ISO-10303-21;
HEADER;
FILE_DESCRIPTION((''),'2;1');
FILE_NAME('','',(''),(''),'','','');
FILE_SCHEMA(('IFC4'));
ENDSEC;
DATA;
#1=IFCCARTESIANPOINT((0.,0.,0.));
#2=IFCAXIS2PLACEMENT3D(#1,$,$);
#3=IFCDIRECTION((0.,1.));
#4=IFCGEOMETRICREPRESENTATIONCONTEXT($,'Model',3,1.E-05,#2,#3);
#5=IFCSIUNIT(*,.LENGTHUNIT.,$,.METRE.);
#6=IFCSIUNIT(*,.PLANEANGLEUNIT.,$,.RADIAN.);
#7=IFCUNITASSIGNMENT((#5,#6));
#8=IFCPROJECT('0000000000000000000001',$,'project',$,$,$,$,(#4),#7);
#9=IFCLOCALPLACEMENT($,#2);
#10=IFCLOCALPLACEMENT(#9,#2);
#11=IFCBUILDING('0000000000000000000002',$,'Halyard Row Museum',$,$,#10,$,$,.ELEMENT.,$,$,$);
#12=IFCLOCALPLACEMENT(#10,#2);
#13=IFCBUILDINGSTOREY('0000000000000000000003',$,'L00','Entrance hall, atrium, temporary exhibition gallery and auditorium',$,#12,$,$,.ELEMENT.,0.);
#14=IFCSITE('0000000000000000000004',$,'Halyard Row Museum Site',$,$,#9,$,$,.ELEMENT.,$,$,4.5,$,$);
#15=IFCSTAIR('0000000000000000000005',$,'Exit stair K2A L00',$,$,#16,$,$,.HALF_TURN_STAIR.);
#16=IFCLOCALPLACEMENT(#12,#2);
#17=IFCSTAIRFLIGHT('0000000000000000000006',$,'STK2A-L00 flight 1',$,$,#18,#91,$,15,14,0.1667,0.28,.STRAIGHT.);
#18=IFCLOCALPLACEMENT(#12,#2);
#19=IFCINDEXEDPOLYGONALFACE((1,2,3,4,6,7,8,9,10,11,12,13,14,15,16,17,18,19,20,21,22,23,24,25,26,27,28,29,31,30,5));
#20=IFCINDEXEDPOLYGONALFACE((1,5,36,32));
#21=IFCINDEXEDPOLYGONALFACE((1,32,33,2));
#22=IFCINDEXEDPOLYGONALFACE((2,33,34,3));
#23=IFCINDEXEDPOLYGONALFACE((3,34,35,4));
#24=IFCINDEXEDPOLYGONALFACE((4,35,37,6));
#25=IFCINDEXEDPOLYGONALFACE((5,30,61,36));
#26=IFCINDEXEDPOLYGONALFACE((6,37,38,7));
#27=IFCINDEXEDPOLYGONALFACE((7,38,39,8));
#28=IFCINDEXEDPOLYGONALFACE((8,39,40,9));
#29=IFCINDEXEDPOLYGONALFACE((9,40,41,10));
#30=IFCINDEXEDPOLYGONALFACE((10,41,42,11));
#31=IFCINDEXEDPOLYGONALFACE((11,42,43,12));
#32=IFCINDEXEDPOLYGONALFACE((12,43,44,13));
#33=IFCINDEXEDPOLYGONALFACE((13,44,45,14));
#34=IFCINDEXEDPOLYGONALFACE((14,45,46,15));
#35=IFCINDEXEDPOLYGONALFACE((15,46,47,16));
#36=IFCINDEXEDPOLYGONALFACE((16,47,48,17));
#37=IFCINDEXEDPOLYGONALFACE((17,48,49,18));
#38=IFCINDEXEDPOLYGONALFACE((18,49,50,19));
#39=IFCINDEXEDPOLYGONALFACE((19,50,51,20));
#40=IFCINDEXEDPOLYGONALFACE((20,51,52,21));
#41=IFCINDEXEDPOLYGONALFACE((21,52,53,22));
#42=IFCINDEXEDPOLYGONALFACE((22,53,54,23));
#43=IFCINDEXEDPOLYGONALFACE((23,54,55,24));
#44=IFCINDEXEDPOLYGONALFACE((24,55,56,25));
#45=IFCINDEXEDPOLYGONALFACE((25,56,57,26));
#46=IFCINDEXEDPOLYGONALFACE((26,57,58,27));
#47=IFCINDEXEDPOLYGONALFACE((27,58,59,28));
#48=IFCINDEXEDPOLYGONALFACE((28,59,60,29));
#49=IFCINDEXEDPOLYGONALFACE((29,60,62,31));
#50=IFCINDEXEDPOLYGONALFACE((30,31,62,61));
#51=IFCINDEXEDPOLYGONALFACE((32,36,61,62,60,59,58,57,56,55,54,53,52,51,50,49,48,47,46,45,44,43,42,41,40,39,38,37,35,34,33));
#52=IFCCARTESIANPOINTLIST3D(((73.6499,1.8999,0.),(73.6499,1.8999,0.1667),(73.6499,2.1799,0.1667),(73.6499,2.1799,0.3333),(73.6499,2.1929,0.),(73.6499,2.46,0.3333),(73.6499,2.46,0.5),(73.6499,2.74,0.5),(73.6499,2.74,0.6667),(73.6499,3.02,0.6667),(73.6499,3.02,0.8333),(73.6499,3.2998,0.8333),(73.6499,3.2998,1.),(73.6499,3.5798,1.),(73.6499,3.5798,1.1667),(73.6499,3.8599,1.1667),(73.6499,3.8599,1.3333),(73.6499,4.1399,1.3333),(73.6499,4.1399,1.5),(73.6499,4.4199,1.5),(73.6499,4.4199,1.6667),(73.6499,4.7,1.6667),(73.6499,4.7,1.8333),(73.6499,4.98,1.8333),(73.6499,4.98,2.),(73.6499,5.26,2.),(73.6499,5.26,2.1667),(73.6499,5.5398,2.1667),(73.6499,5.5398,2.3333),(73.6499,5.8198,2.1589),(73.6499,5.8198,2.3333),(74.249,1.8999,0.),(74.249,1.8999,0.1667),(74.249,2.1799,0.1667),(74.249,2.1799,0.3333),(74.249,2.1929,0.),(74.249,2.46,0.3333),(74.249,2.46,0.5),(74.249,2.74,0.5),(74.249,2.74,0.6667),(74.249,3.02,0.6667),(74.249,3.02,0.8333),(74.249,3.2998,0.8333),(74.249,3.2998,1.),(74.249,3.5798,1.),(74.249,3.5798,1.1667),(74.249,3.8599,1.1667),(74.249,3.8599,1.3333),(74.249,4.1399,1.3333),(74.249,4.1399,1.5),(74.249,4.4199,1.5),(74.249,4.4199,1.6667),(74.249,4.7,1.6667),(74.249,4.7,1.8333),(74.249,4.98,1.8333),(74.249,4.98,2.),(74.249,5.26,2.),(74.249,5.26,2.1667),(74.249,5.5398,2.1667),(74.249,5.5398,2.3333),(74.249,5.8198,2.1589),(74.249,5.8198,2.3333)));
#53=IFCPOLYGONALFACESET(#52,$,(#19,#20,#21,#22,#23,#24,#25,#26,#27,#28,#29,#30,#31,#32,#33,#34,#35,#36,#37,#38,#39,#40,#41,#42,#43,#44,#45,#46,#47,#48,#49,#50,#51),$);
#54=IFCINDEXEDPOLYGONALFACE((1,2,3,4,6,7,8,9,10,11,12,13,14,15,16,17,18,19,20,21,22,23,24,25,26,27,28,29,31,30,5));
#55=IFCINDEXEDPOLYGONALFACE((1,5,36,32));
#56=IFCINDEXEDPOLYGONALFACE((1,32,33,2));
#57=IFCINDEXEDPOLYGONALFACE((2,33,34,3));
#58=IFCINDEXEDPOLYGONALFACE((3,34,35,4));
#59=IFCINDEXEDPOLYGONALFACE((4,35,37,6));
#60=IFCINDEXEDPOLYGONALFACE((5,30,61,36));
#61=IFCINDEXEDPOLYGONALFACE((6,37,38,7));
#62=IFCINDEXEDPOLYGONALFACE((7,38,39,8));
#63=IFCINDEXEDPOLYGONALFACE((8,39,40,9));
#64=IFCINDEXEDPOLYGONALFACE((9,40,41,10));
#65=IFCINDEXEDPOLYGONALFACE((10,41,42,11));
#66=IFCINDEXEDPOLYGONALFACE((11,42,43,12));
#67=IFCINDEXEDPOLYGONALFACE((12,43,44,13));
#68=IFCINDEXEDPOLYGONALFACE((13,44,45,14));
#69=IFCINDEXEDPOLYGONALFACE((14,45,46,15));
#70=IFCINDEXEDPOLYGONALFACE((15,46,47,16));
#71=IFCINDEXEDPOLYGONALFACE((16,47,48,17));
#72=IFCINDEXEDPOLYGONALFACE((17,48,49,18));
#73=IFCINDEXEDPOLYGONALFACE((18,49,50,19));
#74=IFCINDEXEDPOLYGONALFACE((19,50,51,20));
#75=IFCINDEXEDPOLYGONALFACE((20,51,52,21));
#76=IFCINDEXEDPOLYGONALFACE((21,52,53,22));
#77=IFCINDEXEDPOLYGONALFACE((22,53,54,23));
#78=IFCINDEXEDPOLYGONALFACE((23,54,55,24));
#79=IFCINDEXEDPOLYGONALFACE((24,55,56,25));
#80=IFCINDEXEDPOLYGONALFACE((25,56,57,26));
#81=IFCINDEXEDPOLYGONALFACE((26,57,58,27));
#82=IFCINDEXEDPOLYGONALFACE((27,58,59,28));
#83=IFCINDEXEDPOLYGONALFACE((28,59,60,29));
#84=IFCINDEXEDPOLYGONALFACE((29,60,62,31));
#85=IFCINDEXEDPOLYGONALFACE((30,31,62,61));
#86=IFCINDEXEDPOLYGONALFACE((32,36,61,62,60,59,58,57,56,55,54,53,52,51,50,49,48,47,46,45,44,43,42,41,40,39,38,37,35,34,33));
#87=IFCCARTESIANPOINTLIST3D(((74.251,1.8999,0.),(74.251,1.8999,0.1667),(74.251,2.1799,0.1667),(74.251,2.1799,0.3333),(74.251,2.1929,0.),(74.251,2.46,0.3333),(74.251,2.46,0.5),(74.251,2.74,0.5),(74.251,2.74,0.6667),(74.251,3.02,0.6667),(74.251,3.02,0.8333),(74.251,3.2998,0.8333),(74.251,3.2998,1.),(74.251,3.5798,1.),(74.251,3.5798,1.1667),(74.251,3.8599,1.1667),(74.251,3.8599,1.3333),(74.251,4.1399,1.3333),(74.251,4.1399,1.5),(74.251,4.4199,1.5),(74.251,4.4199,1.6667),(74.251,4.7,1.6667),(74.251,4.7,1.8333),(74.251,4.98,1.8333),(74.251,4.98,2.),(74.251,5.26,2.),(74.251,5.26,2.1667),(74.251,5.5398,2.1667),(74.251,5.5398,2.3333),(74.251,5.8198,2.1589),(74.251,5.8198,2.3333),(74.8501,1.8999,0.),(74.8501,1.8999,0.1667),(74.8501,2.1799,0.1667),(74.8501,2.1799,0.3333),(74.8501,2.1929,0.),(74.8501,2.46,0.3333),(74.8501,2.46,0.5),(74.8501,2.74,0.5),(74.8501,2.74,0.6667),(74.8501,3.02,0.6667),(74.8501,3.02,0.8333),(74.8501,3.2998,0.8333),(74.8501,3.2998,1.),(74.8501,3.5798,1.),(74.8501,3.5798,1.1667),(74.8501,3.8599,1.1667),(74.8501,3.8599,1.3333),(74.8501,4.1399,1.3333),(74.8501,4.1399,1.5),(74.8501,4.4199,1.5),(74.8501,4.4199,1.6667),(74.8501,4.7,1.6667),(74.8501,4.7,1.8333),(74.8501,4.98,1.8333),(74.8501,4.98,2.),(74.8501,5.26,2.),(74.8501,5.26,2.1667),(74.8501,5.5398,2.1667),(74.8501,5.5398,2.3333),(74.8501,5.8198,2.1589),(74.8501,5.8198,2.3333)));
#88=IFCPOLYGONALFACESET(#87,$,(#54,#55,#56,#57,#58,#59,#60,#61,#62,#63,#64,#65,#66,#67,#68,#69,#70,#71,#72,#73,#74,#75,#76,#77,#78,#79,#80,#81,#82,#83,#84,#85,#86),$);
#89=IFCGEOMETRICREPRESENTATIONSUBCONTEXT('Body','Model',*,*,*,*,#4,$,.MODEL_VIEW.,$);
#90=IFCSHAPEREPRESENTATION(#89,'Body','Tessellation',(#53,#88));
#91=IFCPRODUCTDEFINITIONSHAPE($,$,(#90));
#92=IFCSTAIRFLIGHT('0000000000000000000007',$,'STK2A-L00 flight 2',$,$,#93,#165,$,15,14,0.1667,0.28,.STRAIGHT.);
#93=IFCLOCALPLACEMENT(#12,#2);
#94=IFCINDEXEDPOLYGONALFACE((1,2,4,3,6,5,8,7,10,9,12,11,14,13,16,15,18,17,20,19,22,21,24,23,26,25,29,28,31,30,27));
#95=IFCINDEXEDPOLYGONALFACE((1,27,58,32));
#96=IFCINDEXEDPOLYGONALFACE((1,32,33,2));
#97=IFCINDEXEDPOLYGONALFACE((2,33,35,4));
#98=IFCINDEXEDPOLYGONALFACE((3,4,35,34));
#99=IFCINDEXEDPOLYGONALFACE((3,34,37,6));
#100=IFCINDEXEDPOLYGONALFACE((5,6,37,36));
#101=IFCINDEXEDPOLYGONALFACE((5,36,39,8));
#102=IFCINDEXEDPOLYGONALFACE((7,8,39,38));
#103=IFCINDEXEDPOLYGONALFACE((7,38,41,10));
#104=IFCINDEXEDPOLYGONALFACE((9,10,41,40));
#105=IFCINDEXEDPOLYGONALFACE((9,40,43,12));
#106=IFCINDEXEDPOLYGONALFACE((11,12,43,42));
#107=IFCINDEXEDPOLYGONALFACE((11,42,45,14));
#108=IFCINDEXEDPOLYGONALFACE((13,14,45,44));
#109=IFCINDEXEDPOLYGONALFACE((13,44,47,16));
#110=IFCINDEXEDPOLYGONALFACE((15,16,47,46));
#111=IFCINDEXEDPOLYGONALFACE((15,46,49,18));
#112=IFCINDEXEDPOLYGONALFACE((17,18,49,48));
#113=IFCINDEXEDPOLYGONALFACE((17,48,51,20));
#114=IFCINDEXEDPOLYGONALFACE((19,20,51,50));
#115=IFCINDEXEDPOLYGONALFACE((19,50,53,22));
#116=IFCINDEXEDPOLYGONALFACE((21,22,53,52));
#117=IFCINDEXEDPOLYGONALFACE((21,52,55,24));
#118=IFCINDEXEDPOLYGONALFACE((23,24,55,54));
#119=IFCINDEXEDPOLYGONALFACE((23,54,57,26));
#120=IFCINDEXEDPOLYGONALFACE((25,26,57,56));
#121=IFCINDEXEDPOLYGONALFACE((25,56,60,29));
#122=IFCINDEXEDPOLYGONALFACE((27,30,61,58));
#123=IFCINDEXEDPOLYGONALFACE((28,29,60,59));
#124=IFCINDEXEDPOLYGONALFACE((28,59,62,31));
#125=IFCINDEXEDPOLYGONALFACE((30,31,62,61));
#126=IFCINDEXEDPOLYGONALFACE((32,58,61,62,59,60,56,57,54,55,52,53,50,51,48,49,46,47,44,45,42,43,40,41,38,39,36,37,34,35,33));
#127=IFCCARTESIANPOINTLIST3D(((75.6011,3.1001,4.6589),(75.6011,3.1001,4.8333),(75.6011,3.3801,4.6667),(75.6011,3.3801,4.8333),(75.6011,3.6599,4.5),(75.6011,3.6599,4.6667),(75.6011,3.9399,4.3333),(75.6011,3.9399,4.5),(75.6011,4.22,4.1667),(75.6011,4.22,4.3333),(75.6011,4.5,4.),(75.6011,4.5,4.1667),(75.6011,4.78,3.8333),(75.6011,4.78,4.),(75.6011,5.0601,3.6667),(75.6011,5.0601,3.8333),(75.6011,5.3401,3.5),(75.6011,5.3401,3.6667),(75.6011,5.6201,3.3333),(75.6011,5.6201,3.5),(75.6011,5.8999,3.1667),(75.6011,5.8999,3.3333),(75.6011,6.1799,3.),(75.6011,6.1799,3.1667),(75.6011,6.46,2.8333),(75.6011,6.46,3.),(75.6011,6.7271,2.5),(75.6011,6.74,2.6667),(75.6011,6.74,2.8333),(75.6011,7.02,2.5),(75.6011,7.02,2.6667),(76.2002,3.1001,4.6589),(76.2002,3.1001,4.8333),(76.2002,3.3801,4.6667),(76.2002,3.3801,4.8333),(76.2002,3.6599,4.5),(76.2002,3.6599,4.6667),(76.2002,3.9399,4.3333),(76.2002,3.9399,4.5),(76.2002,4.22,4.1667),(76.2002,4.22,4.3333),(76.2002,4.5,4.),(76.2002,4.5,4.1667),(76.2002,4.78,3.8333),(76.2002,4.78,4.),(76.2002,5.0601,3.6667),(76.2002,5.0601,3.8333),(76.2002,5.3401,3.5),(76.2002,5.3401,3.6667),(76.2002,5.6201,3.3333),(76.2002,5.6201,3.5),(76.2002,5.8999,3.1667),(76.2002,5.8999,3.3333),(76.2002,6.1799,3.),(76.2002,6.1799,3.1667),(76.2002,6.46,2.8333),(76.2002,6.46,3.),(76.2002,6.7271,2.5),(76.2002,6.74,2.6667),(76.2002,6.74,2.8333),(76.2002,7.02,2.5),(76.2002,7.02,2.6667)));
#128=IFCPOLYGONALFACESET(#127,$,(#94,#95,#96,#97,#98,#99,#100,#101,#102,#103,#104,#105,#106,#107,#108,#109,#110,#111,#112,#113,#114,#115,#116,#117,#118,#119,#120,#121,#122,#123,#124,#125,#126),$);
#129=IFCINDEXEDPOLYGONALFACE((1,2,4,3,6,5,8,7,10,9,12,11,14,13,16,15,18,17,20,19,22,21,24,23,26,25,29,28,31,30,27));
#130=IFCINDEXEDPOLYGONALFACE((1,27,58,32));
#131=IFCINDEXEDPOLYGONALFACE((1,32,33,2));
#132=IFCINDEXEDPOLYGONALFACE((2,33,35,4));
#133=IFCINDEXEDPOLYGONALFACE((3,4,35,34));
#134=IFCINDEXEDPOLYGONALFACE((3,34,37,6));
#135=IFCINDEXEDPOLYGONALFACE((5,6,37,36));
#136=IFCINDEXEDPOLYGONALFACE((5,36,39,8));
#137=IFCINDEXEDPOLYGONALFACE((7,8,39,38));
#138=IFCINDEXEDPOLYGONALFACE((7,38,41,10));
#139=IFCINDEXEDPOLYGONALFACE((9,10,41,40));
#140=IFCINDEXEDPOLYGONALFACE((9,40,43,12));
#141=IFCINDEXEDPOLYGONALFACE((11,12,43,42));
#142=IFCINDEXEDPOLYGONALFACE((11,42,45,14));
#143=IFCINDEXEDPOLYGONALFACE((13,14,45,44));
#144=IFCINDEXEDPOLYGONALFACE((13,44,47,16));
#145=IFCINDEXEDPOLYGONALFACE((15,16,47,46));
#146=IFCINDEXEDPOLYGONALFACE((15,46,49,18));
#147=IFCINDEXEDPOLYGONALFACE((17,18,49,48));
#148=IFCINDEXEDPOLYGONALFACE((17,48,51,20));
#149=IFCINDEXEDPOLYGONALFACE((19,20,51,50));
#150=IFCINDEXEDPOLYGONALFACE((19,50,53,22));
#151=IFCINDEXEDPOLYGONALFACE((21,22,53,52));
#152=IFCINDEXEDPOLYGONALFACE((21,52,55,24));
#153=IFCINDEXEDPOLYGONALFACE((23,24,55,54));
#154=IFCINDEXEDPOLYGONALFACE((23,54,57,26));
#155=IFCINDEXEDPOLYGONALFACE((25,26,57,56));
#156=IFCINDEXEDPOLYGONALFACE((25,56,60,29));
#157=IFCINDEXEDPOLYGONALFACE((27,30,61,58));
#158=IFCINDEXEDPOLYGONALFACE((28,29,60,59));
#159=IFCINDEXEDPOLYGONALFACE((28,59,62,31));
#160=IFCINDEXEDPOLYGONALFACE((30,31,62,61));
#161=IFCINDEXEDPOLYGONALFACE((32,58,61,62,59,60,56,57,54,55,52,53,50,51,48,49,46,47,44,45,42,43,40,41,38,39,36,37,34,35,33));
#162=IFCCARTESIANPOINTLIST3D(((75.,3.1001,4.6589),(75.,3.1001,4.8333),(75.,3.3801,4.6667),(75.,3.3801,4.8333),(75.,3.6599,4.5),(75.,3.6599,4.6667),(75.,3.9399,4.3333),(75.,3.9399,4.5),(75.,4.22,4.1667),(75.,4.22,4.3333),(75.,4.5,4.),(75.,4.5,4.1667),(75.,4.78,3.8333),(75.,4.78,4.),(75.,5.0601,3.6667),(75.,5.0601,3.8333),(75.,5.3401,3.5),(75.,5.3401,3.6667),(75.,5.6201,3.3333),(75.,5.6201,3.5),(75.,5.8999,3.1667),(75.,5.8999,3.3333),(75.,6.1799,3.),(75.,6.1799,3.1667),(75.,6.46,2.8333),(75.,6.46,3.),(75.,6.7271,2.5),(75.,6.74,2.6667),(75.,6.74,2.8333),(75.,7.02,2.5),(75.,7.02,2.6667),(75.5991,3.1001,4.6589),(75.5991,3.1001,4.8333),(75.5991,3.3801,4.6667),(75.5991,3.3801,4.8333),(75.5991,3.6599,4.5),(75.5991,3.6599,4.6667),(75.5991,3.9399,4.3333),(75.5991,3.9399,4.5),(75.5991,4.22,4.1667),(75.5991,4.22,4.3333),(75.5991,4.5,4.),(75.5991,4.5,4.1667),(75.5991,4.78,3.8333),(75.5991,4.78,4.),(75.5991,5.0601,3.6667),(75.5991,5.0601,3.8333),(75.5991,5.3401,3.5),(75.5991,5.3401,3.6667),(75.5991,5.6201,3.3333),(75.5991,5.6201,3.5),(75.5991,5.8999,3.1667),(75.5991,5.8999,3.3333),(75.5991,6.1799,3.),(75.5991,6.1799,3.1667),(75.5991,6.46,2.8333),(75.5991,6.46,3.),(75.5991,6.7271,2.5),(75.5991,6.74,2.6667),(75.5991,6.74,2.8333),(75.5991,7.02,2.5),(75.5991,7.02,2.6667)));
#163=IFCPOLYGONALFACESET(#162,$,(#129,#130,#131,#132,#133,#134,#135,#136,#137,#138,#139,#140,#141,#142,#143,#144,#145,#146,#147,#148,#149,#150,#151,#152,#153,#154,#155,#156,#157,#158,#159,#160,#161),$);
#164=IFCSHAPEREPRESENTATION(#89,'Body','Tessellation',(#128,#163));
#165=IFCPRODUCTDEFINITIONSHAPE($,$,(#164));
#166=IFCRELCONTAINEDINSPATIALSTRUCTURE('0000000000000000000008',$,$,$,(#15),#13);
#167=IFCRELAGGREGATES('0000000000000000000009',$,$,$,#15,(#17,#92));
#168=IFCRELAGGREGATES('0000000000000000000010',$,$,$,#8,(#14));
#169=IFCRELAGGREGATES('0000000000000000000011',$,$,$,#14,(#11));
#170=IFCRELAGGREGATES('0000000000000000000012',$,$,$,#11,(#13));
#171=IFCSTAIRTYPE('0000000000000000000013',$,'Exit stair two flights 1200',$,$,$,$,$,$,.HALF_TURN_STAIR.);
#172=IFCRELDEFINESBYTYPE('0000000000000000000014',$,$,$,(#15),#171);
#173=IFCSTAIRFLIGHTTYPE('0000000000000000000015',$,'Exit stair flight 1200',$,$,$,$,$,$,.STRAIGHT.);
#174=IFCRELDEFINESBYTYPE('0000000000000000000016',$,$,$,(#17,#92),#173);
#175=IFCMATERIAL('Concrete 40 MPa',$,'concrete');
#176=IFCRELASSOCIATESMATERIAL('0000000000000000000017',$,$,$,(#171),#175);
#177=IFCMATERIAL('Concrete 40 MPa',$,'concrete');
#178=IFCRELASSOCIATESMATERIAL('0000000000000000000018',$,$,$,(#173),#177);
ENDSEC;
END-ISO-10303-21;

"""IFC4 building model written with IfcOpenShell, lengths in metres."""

from ifc_helpers import new_model, si_unit, direction, frame, origin, place, context, subcontext, project, spatial, polyline, outline, extrude, material, type_object, element, aggregate, save


model = new_model("IFC4")

# Units and contexts
model_context = context("Model", 3, precision=1e-05, world=origin(), true_north=direction((0.0, 1.0)))
body_context = subcontext(model_context, "Body", "Model", "MODEL_VIEW")
ifc_project = project(units=[si_unit("LENGTHUNIT", "METRE"), si_unit("PLANEANGLEUNIT", "RADIAN")], contexts=[model_context])

# Site, building, storey
site_placement = place(None, origin())
site = spatial("IfcSite", under=ifc_project, at=site_placement, Name="Halyard Row Museum Site", CompositionType="ELEMENT", RefElevation=4.5)
building_placement = place(site_placement, origin())
building = spatial("IfcBuilding", under=site, at=building_placement, Name="Halyard Row Museum", CompositionType="ELEMENT")
storey_placement = place(building_placement, origin())
storey = spatial("IfcBuildingStorey", under=building, at=storey_placement, Name="L00", Description="Entrance hall, atrium, temporary exhibition gallery and auditorium", CompositionType="ELEMENT", Elevation=0.0)

# Stair, stair flights
ifc_material_1 = material(Name="Concrete 40 MPa", Category="concrete")
stair_type = type_object("IfcStairType", Name="Exit stair two flights 1200", PredefinedType="HALF_TURN_STAIR", material=ifc_material_1)
stair_placement = place(storey_placement, origin())
stair = element("IfcStair", 1, at=stair_placement, inside=storey, type_object=stair_type, Name="Exit stair K2A L00", PredefinedType="HALF_TURN_STAIR")
ifc_material_2 = material(Name="Concrete 40 MPa", Category="concrete")
stair_flight_type = type_object("IfcStairFlightType", Name="Exit stair flight 1200", PredefinedType="STRAIGHT", material=ifc_material_2)
stair_flight_1_placement = place(storey_placement, frame((74.25, 1.8999, 0.0), z_axis=(0.0, 0.0, 1.0), x_axis=(0.0, 1.0, 0.0)))
stair_flight_1 = element("IfcStairFlight", 2, at=stair_flight_1_placement, type_object=stair_flight_type, Name="STK2A-L00 flight 1", NumberOfRisers=15, NumberOfTreads=14, PredefinedType="STRAIGHT", RiserHeight=0.1667, TreadLength=0.28, context=body_context, shape_type="SweptSolid", body=[
    extrude(outline(polyline([(0.0, 0.0), (0.0, 0.1667), (0.28, 0.1667), (0.28, 0.3333), (0.5601, 0.3333), (0.5601, 0.5), (0.8401, 0.5), (0.8401, 0.6667), (1.1201, 0.6667), (1.1201, 0.8333), (1.3999, 0.8333), (1.3999, 1.0), (1.6799, 1.0), (1.6799, 1.1667), (1.96, 1.1667), (1.96, 1.3333), (2.24, 1.3333), (2.24, 1.5), (2.52, 1.5), (2.52, 1.6667), (2.8, 1.6667), (2.8, 1.8333), (3.0801, 1.8333), (3.0801, 2.0), (3.3601, 2.0), (3.3601, 2.1667), (3.6399, 2.1667), (3.6399, 2.3333), (3.9199, 2.3333), (3.9199, 2.5), (3.9199, 2.1589), (0.293, 0.0), (0.0, 0.0)])), frame((0.0, 0.6001, 0.0), z_axis=(0.0, -1.0, 0.0), x_axis=(1.0, 0.0, 0.0)), (0.0, 0.0, 1.0), 0.5991),
    extrude(outline(polyline([(0.0, 0.0), (0.0, 0.1667), (0.28, 0.1667), (0.28, 0.3333), (0.5601, 0.3333), (0.5601, 0.5), (0.8401, 0.5), (0.8401, 0.6667), (1.1201, 0.6667), (1.1201, 0.8333), (1.3999, 0.8333), (1.3999, 1.0), (1.6799, 1.0), (1.6799, 1.1667), (1.96, 1.1667), (1.96, 1.3333), (2.24, 1.3333), (2.24, 1.5), (2.52, 1.5), (2.52, 1.6667), (2.8, 1.6667), (2.8, 1.8333), (3.0801, 1.8333), (3.0801, 2.0), (3.3601, 2.0), (3.3601, 2.1667), (3.6399, 2.1667), (3.6399, 2.3333), (3.9199, 2.3333), (3.9199, 2.5), (3.9199, 2.1589), (0.293, 0.0), (0.0, 0.0)])), frame((0.0, -0.001, 0.0), z_axis=(0.0, -1.0, 0.0), x_axis=(1.0, 0.0, 0.0)), (0.0, 0.0, 1.0), 0.5991),
])
stair_flight_2_placement = place(storey_placement, frame((75.6001, 7.02, 2.5), z_axis=(0.0, 0.0, 1.0), x_axis=(0.0, -1.0, 0.0)))
stair_flight_2 = element("IfcStairFlight", 3, at=stair_flight_2_placement, type_object=stair_flight_type, Name="STK2A-L00 flight 2", NumberOfRisers=15, NumberOfTreads=14, PredefinedType="STRAIGHT", RiserHeight=0.1667, TreadLength=0.28, context=body_context, shape_type="SweptSolid", body=[
    extrude(outline(polyline([(0.0, 0.0), (0.0, 0.1667), (0.28, 0.1667), (0.28, 0.3333), (0.5601, 0.3333), (0.5601, 0.5), (0.8401, 0.5), (0.8401, 0.6667), (1.1201, 0.6667), (1.1201, 0.8333), (1.3999, 0.8333), (1.3999, 1.0), (1.6799, 1.0), (1.6799, 1.1667), (1.96, 1.1667), (1.96, 1.3333), (2.24, 1.3333), (2.24, 1.5), (2.52, 1.5), (2.52, 1.6667), (2.8, 1.6667), (2.8, 1.8333), (3.0801, 1.8333), (3.0801, 2.0), (3.3601, 2.0), (3.3601, 2.1667), (3.6399, 2.1667), (3.6399, 2.3333), (3.9199, 2.3333), (3.9199, 2.5), (3.9199, 2.1589), (0.293, 0.0), (0.0, 0.0)])), frame((0.0, 0.6001, 0.0), z_axis=(0.0, -1.0, 0.0), x_axis=(1.0, 0.0, 0.0)), (0.0, 0.0, 1.0), 0.5991),
    extrude(outline(polyline([(0.0, 0.0), (0.0, 0.1667), (0.28, 0.1667), (0.28, 0.3333), (0.5601, 0.3333), (0.5601, 0.5), (0.8401, 0.5), (0.8401, 0.6667), (1.1201, 0.6667), (1.1201, 0.8333), (1.3999, 0.8333), (1.3999, 1.0), (1.6799, 1.0), (1.6799, 1.1667), (1.96, 1.1667), (1.96, 1.3333), (2.24, 1.3333), (2.24, 1.5), (2.52, 1.5), (2.52, 1.6667), (2.8, 1.6667), (2.8, 1.8333), (3.0801, 1.8333), (3.0801, 2.0), (3.3601, 2.0), (3.3601, 2.1667), (3.6399, 2.1667), (3.6399, 2.3333), (3.9199, 2.3333), (3.9199, 2.5), (3.9199, 2.1589), (0.293, 0.0), (0.0, 0.0)])), frame((0.0, -0.001, 0.0), z_axis=(0.0, -1.0, 0.0), x_axis=(1.0, 0.0, 0.0)), (0.0, 0.0, 1.0), 0.5991),
])
aggregate(stair, [stair_flight_1, stair_flight_2])

save(model, "model.ifc")
